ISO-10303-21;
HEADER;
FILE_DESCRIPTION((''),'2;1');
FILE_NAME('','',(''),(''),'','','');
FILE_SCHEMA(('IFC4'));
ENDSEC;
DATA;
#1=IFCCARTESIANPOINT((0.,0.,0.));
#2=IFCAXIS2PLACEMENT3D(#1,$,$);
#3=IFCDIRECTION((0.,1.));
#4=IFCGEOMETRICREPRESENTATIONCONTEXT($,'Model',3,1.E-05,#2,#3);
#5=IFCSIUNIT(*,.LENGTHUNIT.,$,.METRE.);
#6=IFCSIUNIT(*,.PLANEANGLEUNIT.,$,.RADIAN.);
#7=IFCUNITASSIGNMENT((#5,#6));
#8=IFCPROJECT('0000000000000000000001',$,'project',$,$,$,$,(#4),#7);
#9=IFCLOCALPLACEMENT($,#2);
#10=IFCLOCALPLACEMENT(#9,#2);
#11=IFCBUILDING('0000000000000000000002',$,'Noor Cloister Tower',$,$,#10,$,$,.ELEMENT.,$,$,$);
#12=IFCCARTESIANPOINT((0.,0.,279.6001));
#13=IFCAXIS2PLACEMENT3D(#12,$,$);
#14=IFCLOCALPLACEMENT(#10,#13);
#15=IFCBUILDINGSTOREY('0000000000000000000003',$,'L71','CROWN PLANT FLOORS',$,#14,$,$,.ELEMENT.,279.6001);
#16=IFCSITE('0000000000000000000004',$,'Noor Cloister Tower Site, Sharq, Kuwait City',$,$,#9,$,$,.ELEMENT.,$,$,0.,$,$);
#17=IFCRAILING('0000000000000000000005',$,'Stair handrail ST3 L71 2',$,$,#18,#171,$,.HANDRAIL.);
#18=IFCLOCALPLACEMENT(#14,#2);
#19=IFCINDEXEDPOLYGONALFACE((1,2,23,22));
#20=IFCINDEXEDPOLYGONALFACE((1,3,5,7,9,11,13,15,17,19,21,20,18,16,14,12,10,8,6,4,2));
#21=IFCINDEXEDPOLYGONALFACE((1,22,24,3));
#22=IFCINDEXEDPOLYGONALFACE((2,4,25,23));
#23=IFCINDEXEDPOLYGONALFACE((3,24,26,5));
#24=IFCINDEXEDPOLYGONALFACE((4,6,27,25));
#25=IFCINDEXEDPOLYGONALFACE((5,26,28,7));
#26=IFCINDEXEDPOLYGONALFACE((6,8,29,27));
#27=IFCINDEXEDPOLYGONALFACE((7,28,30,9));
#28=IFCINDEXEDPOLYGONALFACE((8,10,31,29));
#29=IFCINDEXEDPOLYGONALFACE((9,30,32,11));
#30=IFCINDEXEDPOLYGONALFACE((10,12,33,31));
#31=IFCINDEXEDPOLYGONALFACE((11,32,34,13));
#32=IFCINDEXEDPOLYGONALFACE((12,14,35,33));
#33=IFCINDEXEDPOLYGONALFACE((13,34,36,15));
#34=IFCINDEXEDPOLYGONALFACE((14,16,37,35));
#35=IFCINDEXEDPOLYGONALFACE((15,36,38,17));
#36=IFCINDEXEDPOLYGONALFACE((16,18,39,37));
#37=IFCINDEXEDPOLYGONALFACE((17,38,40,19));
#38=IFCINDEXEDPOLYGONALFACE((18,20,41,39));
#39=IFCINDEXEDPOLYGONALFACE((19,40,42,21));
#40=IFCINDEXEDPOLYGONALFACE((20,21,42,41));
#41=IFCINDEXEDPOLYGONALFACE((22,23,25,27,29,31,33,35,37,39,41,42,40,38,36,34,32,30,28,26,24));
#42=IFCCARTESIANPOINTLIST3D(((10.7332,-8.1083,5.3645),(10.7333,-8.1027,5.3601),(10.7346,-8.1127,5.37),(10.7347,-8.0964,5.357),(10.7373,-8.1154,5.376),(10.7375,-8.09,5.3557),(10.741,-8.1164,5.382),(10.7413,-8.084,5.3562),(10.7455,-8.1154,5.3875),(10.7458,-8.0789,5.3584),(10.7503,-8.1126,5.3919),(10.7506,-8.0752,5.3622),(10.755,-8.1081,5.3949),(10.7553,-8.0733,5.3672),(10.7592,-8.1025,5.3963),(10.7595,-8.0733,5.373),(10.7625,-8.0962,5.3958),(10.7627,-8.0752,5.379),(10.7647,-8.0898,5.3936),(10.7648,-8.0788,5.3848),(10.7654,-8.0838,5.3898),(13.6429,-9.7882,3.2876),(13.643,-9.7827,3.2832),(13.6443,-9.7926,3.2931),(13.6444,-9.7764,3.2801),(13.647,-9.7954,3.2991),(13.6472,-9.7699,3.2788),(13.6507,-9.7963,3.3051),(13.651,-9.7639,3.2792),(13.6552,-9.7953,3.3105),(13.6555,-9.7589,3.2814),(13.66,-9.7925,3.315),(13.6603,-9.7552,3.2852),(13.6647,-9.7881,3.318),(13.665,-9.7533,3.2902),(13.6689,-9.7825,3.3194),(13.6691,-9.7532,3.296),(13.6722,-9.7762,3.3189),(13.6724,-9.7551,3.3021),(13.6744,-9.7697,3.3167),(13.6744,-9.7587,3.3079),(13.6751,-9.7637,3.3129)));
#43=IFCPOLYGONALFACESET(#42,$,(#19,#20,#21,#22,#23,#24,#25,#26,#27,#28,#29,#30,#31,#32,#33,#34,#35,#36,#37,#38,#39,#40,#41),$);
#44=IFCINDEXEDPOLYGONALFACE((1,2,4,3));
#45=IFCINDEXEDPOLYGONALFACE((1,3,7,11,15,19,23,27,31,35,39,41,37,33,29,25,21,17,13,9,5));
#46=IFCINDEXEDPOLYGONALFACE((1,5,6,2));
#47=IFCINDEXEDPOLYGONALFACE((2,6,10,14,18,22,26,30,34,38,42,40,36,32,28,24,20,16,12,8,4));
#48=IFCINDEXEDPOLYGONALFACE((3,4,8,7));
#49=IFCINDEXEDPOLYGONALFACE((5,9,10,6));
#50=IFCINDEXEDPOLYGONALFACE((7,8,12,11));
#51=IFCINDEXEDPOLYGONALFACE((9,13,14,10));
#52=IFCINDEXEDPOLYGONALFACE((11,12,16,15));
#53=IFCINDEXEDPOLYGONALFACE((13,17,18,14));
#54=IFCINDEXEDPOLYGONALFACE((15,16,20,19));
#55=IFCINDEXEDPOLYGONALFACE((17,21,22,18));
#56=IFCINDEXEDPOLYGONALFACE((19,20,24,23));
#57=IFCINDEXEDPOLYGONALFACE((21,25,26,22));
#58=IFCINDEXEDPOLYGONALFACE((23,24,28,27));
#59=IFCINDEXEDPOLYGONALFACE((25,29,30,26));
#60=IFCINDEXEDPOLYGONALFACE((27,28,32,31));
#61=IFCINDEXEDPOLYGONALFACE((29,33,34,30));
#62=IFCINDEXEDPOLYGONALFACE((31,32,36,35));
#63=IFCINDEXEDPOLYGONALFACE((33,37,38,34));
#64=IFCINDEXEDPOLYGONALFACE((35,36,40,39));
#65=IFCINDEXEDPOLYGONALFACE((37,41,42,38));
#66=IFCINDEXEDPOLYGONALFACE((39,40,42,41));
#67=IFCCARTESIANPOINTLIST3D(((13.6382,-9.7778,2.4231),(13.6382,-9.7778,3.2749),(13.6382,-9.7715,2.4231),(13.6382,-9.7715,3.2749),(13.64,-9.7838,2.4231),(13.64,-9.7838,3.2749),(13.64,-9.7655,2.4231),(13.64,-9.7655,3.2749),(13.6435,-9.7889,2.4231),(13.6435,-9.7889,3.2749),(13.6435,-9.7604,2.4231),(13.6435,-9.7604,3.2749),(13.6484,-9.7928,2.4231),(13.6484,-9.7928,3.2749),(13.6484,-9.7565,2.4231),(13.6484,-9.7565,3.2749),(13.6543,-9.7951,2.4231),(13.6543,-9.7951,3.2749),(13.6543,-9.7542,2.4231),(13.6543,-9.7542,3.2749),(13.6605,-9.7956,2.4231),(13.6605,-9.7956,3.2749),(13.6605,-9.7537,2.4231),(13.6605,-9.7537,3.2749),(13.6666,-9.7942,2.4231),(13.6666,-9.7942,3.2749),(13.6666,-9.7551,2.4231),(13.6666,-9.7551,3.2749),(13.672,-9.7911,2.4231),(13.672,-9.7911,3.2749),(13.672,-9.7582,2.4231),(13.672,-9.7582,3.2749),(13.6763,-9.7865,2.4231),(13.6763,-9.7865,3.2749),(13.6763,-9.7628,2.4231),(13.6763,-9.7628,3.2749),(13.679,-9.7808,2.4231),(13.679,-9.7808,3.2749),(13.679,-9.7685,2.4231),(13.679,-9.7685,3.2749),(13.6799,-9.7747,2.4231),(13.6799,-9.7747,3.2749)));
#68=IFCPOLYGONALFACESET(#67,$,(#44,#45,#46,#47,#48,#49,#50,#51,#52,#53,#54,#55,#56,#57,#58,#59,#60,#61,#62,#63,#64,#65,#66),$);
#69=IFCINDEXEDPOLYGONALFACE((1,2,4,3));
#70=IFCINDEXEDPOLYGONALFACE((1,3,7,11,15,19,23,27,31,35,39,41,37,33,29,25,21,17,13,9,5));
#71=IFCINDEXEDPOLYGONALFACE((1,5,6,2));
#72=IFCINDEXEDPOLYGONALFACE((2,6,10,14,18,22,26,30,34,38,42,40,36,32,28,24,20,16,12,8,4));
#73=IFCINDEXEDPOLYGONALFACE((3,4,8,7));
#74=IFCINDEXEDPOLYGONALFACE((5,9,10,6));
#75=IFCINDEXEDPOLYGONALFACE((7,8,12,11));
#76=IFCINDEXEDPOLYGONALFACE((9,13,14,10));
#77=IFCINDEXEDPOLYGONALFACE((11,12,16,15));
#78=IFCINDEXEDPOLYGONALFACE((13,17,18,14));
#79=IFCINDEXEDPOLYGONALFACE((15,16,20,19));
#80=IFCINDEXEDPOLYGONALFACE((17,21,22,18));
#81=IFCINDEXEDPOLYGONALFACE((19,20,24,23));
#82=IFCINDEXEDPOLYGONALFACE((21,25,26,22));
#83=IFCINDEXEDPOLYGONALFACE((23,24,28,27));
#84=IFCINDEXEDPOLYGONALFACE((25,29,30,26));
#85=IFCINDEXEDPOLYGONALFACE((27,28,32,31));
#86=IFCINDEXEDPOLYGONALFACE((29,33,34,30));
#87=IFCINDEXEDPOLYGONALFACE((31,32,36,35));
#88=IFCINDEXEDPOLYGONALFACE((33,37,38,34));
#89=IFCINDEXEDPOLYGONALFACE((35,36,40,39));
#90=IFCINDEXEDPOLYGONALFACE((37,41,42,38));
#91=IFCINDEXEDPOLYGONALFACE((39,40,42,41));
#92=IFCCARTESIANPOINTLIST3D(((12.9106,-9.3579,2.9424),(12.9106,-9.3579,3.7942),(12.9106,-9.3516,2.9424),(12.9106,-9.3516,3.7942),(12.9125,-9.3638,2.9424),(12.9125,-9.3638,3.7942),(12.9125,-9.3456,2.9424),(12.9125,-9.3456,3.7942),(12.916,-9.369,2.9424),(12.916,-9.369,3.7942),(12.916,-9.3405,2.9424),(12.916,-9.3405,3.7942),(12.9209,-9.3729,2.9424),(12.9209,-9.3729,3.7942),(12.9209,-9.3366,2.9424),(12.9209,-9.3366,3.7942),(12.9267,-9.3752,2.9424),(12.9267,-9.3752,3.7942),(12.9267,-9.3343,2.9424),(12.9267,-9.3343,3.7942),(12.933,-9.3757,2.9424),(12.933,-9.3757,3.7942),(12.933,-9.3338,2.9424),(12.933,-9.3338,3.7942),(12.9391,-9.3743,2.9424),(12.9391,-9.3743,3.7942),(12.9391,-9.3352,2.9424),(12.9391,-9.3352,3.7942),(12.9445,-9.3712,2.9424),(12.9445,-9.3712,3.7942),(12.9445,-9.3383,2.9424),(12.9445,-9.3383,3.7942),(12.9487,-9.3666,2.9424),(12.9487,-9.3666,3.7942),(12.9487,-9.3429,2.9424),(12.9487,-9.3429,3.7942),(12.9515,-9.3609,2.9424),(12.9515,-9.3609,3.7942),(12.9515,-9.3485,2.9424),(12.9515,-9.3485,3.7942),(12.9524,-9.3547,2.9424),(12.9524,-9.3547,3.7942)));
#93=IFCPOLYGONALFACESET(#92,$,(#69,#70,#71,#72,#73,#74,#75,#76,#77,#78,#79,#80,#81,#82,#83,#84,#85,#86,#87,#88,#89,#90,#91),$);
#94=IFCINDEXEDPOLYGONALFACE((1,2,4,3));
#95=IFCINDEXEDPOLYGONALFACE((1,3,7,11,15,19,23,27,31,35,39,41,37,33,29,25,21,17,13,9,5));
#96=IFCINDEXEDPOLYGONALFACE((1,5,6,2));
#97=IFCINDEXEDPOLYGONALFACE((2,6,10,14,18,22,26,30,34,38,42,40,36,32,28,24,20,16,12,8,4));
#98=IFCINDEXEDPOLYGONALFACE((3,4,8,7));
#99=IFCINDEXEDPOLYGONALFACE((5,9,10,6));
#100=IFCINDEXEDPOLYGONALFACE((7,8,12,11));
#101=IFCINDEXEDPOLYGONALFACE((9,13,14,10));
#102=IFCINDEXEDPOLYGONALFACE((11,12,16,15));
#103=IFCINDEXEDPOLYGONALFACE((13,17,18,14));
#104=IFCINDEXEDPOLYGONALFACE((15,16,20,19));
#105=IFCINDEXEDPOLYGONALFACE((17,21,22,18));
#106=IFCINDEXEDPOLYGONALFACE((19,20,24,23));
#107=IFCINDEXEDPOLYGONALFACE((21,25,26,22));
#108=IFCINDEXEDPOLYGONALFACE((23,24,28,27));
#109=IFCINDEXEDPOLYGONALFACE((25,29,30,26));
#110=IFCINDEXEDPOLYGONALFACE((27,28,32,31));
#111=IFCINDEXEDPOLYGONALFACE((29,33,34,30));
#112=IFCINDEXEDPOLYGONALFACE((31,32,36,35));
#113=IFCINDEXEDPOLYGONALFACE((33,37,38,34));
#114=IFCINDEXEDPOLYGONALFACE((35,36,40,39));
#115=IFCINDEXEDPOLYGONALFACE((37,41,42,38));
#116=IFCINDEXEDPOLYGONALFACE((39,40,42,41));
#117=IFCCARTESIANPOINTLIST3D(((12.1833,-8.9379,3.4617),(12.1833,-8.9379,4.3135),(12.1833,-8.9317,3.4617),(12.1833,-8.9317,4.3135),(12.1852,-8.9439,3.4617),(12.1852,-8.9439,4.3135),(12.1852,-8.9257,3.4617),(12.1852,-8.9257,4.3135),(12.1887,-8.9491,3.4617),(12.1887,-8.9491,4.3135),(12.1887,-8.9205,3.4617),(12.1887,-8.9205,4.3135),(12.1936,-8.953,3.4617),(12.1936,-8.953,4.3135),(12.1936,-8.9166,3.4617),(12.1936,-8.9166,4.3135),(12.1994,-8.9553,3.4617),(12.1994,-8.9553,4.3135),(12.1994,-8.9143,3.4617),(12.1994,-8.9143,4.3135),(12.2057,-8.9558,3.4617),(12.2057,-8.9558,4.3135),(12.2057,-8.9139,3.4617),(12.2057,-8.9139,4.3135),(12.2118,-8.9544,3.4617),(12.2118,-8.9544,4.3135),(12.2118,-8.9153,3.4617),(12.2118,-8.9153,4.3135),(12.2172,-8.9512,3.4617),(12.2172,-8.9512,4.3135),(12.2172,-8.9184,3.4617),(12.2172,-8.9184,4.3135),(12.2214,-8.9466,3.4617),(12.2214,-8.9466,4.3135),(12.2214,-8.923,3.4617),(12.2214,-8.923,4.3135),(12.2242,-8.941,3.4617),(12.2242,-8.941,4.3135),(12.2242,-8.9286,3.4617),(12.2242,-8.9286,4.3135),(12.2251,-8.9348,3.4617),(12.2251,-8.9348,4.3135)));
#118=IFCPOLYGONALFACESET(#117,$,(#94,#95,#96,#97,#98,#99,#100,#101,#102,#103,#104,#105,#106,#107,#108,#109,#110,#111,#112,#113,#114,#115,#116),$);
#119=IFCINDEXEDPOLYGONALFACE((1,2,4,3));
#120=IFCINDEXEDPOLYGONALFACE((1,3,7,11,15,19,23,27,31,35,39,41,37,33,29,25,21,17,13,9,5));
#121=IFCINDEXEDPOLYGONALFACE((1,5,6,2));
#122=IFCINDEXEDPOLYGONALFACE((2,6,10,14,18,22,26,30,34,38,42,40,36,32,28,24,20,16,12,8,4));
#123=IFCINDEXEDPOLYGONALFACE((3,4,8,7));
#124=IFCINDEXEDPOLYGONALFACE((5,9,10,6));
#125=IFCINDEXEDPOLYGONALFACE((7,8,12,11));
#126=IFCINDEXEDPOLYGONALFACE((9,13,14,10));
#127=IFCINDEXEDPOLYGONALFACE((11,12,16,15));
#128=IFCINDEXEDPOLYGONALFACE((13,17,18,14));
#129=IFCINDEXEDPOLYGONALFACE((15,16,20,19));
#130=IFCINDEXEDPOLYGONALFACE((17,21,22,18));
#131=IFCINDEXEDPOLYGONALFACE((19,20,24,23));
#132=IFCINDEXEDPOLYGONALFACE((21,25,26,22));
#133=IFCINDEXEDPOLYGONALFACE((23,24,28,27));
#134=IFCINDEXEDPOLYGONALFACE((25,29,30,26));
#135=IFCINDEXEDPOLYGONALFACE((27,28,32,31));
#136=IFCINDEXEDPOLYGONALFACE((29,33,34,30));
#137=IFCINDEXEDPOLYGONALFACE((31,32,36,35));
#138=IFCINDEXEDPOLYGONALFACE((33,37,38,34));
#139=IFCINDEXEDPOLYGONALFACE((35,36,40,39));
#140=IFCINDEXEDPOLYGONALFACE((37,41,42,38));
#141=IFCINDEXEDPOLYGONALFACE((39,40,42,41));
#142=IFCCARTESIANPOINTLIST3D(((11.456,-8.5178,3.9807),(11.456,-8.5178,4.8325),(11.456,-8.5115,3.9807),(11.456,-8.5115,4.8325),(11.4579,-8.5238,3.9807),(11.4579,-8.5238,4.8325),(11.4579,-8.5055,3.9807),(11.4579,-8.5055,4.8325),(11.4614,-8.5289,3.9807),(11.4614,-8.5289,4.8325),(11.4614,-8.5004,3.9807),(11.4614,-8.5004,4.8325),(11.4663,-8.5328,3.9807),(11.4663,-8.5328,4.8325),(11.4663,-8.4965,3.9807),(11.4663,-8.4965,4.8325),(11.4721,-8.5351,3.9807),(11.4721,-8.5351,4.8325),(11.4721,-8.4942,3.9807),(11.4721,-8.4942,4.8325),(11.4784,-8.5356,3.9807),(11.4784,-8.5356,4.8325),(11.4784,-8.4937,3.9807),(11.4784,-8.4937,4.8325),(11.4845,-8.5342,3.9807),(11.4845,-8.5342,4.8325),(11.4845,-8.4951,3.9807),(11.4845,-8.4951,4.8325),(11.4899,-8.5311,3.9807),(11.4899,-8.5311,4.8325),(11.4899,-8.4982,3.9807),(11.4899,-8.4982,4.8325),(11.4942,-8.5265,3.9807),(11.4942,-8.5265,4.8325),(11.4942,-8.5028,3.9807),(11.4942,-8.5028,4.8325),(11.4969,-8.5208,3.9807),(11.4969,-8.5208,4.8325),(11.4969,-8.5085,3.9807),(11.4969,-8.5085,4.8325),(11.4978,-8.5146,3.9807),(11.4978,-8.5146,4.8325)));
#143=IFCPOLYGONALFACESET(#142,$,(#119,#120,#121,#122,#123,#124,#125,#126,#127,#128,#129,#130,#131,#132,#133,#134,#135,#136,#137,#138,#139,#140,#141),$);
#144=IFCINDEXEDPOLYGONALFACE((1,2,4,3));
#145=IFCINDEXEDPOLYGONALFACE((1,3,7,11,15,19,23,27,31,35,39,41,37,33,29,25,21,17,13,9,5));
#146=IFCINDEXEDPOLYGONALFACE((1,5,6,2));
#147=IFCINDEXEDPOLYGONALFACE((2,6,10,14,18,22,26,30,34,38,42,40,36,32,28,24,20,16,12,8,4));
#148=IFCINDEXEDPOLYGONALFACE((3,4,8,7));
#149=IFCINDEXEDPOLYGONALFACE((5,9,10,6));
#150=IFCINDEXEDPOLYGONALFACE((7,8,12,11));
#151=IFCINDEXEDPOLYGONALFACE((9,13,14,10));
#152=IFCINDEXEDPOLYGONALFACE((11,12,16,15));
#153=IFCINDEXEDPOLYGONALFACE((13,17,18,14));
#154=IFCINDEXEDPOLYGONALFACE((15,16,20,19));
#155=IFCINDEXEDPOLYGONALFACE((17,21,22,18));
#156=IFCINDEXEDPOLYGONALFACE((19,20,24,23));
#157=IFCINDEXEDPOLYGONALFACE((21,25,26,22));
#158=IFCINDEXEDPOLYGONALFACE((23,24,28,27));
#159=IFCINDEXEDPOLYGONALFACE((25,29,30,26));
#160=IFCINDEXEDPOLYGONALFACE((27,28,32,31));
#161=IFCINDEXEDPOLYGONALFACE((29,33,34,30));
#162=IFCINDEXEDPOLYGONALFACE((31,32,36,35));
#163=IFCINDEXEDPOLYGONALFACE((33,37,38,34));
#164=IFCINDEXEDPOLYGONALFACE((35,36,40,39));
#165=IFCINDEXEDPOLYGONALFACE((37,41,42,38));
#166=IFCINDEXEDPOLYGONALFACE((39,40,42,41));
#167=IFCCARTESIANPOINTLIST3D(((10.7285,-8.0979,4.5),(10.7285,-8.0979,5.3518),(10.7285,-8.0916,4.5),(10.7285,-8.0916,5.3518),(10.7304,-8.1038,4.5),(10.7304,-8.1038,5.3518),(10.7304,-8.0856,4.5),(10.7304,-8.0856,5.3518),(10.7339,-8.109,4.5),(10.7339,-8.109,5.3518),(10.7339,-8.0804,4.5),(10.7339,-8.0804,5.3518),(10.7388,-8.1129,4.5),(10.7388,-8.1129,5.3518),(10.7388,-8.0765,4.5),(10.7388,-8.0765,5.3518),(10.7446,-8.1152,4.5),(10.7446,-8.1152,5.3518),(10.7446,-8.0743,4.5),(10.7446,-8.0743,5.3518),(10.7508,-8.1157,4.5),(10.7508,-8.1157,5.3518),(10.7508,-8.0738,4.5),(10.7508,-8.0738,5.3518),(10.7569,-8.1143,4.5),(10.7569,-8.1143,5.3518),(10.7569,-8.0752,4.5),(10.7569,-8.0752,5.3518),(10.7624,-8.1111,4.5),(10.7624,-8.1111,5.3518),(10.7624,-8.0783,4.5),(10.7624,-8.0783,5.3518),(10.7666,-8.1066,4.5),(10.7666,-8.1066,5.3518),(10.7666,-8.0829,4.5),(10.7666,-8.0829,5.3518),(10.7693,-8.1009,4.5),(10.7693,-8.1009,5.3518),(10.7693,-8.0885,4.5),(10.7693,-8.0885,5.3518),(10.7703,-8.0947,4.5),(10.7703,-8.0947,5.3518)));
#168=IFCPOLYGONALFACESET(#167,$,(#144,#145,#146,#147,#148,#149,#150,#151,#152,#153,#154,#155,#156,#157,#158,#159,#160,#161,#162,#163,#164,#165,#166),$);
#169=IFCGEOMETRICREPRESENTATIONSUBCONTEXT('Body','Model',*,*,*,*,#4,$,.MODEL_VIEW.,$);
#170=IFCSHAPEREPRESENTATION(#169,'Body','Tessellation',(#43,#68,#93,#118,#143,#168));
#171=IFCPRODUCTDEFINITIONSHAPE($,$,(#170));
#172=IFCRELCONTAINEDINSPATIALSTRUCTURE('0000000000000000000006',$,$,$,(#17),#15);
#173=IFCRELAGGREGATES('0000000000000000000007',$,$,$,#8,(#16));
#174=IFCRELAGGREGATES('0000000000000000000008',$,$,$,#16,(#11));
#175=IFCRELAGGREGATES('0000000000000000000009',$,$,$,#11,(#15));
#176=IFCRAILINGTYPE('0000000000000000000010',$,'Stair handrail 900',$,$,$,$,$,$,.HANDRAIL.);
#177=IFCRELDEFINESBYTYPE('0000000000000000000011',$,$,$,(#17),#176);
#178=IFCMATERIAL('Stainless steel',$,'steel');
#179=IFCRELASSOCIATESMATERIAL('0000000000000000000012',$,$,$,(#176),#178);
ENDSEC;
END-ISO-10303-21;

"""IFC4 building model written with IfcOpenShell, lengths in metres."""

from ifc_helpers import new_model, si_unit, direction, frame, origin, origin_2d, place, context, subcontext, project, spatial, circle, extrude, material, type_object, element, save


model = new_model("IFC4")

# Units and contexts
model_context = context("Model", 3, precision=1e-05, world=origin(), true_north=direction((0.0, 1.0)))
body_context = subcontext(model_context, "Body", "Model", "MODEL_VIEW")
ifc_project = project(units=[si_unit("LENGTHUNIT", "METRE"), si_unit("PLANEANGLEUNIT", "RADIAN")], contexts=[model_context])

# Site, building, storey
site_placement = place(None, origin())
site = spatial("IfcSite", under=ifc_project, at=site_placement, Name="Noor Cloister Tower Site, Sharq, Kuwait City", CompositionType="ELEMENT", RefElevation=0.0)
building_placement = place(site_placement, origin())
building = spatial("IfcBuilding", under=site, at=building_placement, Name="Noor Cloister Tower", CompositionType="ELEMENT")
storey_placement = place(building_placement, frame((0.0, 0.0, 279.6001)))
storey = spatial("IfcBuildingStorey", under=building, at=storey_placement, Name="L71", Description="CROWN PLANT FLOORS", CompositionType="ELEMENT", Elevation=279.6001)

# Railing
ifc_material_1 = material(Name="Stainless steel", Category="steel")
railing_type_1 = type_object("IfcRailingType", Name="Stair handrail 900", PredefinedType="HANDRAIL", material=ifc_material_1)
railing_1_placement = place(storey_placement, frame((13.6589, -9.7747, 2.4231)))
element("IfcRailing", 1, at=railing_1_placement, inside=storey, type_object=railing_type_1, Name="Stair handrail ST3 L71 2", PredefinedType="HANDRAIL", context=body_context, shape_type="SweptSolid", body=[
    extrude(circle(Radius=0.0239, at=origin_2d()), frame((0.0, 0.0, 0.876), z_axis=(-0.73664, 0.425308, 0.525809), x_axis=(-0.500008, -0.866021, 0.0)), (0.0, 0.0, 1.0), 3.95),
    extrude(circle(Radius=0.021, at=origin_2d()), origin(), (0.0, 0.0, 1.0), 0.8518),
    extrude(circle(Radius=0.021, at=origin_2d()), frame((-0.7275, 0.4199, 0.5193)), (0.0, 0.0, 1.0), 0.8518),
    extrude(circle(Radius=0.021, at=origin_2d()), frame((-1.4548, 0.8398, 1.0386)), (0.0, 0.0, 1.0), 0.8518),
    extrude(circle(Radius=0.021, at=origin_2d()), frame((-2.1821, 1.26, 1.5576)), (0.0, 0.0, 1.0), 0.8518),
    extrude(circle(Radius=0.021, at=origin_2d()), frame((-2.9097, 1.6799, 2.0769)), (0.0, 0.0, 1.0), 0.8518),
])

save(model, "model.ifc")
